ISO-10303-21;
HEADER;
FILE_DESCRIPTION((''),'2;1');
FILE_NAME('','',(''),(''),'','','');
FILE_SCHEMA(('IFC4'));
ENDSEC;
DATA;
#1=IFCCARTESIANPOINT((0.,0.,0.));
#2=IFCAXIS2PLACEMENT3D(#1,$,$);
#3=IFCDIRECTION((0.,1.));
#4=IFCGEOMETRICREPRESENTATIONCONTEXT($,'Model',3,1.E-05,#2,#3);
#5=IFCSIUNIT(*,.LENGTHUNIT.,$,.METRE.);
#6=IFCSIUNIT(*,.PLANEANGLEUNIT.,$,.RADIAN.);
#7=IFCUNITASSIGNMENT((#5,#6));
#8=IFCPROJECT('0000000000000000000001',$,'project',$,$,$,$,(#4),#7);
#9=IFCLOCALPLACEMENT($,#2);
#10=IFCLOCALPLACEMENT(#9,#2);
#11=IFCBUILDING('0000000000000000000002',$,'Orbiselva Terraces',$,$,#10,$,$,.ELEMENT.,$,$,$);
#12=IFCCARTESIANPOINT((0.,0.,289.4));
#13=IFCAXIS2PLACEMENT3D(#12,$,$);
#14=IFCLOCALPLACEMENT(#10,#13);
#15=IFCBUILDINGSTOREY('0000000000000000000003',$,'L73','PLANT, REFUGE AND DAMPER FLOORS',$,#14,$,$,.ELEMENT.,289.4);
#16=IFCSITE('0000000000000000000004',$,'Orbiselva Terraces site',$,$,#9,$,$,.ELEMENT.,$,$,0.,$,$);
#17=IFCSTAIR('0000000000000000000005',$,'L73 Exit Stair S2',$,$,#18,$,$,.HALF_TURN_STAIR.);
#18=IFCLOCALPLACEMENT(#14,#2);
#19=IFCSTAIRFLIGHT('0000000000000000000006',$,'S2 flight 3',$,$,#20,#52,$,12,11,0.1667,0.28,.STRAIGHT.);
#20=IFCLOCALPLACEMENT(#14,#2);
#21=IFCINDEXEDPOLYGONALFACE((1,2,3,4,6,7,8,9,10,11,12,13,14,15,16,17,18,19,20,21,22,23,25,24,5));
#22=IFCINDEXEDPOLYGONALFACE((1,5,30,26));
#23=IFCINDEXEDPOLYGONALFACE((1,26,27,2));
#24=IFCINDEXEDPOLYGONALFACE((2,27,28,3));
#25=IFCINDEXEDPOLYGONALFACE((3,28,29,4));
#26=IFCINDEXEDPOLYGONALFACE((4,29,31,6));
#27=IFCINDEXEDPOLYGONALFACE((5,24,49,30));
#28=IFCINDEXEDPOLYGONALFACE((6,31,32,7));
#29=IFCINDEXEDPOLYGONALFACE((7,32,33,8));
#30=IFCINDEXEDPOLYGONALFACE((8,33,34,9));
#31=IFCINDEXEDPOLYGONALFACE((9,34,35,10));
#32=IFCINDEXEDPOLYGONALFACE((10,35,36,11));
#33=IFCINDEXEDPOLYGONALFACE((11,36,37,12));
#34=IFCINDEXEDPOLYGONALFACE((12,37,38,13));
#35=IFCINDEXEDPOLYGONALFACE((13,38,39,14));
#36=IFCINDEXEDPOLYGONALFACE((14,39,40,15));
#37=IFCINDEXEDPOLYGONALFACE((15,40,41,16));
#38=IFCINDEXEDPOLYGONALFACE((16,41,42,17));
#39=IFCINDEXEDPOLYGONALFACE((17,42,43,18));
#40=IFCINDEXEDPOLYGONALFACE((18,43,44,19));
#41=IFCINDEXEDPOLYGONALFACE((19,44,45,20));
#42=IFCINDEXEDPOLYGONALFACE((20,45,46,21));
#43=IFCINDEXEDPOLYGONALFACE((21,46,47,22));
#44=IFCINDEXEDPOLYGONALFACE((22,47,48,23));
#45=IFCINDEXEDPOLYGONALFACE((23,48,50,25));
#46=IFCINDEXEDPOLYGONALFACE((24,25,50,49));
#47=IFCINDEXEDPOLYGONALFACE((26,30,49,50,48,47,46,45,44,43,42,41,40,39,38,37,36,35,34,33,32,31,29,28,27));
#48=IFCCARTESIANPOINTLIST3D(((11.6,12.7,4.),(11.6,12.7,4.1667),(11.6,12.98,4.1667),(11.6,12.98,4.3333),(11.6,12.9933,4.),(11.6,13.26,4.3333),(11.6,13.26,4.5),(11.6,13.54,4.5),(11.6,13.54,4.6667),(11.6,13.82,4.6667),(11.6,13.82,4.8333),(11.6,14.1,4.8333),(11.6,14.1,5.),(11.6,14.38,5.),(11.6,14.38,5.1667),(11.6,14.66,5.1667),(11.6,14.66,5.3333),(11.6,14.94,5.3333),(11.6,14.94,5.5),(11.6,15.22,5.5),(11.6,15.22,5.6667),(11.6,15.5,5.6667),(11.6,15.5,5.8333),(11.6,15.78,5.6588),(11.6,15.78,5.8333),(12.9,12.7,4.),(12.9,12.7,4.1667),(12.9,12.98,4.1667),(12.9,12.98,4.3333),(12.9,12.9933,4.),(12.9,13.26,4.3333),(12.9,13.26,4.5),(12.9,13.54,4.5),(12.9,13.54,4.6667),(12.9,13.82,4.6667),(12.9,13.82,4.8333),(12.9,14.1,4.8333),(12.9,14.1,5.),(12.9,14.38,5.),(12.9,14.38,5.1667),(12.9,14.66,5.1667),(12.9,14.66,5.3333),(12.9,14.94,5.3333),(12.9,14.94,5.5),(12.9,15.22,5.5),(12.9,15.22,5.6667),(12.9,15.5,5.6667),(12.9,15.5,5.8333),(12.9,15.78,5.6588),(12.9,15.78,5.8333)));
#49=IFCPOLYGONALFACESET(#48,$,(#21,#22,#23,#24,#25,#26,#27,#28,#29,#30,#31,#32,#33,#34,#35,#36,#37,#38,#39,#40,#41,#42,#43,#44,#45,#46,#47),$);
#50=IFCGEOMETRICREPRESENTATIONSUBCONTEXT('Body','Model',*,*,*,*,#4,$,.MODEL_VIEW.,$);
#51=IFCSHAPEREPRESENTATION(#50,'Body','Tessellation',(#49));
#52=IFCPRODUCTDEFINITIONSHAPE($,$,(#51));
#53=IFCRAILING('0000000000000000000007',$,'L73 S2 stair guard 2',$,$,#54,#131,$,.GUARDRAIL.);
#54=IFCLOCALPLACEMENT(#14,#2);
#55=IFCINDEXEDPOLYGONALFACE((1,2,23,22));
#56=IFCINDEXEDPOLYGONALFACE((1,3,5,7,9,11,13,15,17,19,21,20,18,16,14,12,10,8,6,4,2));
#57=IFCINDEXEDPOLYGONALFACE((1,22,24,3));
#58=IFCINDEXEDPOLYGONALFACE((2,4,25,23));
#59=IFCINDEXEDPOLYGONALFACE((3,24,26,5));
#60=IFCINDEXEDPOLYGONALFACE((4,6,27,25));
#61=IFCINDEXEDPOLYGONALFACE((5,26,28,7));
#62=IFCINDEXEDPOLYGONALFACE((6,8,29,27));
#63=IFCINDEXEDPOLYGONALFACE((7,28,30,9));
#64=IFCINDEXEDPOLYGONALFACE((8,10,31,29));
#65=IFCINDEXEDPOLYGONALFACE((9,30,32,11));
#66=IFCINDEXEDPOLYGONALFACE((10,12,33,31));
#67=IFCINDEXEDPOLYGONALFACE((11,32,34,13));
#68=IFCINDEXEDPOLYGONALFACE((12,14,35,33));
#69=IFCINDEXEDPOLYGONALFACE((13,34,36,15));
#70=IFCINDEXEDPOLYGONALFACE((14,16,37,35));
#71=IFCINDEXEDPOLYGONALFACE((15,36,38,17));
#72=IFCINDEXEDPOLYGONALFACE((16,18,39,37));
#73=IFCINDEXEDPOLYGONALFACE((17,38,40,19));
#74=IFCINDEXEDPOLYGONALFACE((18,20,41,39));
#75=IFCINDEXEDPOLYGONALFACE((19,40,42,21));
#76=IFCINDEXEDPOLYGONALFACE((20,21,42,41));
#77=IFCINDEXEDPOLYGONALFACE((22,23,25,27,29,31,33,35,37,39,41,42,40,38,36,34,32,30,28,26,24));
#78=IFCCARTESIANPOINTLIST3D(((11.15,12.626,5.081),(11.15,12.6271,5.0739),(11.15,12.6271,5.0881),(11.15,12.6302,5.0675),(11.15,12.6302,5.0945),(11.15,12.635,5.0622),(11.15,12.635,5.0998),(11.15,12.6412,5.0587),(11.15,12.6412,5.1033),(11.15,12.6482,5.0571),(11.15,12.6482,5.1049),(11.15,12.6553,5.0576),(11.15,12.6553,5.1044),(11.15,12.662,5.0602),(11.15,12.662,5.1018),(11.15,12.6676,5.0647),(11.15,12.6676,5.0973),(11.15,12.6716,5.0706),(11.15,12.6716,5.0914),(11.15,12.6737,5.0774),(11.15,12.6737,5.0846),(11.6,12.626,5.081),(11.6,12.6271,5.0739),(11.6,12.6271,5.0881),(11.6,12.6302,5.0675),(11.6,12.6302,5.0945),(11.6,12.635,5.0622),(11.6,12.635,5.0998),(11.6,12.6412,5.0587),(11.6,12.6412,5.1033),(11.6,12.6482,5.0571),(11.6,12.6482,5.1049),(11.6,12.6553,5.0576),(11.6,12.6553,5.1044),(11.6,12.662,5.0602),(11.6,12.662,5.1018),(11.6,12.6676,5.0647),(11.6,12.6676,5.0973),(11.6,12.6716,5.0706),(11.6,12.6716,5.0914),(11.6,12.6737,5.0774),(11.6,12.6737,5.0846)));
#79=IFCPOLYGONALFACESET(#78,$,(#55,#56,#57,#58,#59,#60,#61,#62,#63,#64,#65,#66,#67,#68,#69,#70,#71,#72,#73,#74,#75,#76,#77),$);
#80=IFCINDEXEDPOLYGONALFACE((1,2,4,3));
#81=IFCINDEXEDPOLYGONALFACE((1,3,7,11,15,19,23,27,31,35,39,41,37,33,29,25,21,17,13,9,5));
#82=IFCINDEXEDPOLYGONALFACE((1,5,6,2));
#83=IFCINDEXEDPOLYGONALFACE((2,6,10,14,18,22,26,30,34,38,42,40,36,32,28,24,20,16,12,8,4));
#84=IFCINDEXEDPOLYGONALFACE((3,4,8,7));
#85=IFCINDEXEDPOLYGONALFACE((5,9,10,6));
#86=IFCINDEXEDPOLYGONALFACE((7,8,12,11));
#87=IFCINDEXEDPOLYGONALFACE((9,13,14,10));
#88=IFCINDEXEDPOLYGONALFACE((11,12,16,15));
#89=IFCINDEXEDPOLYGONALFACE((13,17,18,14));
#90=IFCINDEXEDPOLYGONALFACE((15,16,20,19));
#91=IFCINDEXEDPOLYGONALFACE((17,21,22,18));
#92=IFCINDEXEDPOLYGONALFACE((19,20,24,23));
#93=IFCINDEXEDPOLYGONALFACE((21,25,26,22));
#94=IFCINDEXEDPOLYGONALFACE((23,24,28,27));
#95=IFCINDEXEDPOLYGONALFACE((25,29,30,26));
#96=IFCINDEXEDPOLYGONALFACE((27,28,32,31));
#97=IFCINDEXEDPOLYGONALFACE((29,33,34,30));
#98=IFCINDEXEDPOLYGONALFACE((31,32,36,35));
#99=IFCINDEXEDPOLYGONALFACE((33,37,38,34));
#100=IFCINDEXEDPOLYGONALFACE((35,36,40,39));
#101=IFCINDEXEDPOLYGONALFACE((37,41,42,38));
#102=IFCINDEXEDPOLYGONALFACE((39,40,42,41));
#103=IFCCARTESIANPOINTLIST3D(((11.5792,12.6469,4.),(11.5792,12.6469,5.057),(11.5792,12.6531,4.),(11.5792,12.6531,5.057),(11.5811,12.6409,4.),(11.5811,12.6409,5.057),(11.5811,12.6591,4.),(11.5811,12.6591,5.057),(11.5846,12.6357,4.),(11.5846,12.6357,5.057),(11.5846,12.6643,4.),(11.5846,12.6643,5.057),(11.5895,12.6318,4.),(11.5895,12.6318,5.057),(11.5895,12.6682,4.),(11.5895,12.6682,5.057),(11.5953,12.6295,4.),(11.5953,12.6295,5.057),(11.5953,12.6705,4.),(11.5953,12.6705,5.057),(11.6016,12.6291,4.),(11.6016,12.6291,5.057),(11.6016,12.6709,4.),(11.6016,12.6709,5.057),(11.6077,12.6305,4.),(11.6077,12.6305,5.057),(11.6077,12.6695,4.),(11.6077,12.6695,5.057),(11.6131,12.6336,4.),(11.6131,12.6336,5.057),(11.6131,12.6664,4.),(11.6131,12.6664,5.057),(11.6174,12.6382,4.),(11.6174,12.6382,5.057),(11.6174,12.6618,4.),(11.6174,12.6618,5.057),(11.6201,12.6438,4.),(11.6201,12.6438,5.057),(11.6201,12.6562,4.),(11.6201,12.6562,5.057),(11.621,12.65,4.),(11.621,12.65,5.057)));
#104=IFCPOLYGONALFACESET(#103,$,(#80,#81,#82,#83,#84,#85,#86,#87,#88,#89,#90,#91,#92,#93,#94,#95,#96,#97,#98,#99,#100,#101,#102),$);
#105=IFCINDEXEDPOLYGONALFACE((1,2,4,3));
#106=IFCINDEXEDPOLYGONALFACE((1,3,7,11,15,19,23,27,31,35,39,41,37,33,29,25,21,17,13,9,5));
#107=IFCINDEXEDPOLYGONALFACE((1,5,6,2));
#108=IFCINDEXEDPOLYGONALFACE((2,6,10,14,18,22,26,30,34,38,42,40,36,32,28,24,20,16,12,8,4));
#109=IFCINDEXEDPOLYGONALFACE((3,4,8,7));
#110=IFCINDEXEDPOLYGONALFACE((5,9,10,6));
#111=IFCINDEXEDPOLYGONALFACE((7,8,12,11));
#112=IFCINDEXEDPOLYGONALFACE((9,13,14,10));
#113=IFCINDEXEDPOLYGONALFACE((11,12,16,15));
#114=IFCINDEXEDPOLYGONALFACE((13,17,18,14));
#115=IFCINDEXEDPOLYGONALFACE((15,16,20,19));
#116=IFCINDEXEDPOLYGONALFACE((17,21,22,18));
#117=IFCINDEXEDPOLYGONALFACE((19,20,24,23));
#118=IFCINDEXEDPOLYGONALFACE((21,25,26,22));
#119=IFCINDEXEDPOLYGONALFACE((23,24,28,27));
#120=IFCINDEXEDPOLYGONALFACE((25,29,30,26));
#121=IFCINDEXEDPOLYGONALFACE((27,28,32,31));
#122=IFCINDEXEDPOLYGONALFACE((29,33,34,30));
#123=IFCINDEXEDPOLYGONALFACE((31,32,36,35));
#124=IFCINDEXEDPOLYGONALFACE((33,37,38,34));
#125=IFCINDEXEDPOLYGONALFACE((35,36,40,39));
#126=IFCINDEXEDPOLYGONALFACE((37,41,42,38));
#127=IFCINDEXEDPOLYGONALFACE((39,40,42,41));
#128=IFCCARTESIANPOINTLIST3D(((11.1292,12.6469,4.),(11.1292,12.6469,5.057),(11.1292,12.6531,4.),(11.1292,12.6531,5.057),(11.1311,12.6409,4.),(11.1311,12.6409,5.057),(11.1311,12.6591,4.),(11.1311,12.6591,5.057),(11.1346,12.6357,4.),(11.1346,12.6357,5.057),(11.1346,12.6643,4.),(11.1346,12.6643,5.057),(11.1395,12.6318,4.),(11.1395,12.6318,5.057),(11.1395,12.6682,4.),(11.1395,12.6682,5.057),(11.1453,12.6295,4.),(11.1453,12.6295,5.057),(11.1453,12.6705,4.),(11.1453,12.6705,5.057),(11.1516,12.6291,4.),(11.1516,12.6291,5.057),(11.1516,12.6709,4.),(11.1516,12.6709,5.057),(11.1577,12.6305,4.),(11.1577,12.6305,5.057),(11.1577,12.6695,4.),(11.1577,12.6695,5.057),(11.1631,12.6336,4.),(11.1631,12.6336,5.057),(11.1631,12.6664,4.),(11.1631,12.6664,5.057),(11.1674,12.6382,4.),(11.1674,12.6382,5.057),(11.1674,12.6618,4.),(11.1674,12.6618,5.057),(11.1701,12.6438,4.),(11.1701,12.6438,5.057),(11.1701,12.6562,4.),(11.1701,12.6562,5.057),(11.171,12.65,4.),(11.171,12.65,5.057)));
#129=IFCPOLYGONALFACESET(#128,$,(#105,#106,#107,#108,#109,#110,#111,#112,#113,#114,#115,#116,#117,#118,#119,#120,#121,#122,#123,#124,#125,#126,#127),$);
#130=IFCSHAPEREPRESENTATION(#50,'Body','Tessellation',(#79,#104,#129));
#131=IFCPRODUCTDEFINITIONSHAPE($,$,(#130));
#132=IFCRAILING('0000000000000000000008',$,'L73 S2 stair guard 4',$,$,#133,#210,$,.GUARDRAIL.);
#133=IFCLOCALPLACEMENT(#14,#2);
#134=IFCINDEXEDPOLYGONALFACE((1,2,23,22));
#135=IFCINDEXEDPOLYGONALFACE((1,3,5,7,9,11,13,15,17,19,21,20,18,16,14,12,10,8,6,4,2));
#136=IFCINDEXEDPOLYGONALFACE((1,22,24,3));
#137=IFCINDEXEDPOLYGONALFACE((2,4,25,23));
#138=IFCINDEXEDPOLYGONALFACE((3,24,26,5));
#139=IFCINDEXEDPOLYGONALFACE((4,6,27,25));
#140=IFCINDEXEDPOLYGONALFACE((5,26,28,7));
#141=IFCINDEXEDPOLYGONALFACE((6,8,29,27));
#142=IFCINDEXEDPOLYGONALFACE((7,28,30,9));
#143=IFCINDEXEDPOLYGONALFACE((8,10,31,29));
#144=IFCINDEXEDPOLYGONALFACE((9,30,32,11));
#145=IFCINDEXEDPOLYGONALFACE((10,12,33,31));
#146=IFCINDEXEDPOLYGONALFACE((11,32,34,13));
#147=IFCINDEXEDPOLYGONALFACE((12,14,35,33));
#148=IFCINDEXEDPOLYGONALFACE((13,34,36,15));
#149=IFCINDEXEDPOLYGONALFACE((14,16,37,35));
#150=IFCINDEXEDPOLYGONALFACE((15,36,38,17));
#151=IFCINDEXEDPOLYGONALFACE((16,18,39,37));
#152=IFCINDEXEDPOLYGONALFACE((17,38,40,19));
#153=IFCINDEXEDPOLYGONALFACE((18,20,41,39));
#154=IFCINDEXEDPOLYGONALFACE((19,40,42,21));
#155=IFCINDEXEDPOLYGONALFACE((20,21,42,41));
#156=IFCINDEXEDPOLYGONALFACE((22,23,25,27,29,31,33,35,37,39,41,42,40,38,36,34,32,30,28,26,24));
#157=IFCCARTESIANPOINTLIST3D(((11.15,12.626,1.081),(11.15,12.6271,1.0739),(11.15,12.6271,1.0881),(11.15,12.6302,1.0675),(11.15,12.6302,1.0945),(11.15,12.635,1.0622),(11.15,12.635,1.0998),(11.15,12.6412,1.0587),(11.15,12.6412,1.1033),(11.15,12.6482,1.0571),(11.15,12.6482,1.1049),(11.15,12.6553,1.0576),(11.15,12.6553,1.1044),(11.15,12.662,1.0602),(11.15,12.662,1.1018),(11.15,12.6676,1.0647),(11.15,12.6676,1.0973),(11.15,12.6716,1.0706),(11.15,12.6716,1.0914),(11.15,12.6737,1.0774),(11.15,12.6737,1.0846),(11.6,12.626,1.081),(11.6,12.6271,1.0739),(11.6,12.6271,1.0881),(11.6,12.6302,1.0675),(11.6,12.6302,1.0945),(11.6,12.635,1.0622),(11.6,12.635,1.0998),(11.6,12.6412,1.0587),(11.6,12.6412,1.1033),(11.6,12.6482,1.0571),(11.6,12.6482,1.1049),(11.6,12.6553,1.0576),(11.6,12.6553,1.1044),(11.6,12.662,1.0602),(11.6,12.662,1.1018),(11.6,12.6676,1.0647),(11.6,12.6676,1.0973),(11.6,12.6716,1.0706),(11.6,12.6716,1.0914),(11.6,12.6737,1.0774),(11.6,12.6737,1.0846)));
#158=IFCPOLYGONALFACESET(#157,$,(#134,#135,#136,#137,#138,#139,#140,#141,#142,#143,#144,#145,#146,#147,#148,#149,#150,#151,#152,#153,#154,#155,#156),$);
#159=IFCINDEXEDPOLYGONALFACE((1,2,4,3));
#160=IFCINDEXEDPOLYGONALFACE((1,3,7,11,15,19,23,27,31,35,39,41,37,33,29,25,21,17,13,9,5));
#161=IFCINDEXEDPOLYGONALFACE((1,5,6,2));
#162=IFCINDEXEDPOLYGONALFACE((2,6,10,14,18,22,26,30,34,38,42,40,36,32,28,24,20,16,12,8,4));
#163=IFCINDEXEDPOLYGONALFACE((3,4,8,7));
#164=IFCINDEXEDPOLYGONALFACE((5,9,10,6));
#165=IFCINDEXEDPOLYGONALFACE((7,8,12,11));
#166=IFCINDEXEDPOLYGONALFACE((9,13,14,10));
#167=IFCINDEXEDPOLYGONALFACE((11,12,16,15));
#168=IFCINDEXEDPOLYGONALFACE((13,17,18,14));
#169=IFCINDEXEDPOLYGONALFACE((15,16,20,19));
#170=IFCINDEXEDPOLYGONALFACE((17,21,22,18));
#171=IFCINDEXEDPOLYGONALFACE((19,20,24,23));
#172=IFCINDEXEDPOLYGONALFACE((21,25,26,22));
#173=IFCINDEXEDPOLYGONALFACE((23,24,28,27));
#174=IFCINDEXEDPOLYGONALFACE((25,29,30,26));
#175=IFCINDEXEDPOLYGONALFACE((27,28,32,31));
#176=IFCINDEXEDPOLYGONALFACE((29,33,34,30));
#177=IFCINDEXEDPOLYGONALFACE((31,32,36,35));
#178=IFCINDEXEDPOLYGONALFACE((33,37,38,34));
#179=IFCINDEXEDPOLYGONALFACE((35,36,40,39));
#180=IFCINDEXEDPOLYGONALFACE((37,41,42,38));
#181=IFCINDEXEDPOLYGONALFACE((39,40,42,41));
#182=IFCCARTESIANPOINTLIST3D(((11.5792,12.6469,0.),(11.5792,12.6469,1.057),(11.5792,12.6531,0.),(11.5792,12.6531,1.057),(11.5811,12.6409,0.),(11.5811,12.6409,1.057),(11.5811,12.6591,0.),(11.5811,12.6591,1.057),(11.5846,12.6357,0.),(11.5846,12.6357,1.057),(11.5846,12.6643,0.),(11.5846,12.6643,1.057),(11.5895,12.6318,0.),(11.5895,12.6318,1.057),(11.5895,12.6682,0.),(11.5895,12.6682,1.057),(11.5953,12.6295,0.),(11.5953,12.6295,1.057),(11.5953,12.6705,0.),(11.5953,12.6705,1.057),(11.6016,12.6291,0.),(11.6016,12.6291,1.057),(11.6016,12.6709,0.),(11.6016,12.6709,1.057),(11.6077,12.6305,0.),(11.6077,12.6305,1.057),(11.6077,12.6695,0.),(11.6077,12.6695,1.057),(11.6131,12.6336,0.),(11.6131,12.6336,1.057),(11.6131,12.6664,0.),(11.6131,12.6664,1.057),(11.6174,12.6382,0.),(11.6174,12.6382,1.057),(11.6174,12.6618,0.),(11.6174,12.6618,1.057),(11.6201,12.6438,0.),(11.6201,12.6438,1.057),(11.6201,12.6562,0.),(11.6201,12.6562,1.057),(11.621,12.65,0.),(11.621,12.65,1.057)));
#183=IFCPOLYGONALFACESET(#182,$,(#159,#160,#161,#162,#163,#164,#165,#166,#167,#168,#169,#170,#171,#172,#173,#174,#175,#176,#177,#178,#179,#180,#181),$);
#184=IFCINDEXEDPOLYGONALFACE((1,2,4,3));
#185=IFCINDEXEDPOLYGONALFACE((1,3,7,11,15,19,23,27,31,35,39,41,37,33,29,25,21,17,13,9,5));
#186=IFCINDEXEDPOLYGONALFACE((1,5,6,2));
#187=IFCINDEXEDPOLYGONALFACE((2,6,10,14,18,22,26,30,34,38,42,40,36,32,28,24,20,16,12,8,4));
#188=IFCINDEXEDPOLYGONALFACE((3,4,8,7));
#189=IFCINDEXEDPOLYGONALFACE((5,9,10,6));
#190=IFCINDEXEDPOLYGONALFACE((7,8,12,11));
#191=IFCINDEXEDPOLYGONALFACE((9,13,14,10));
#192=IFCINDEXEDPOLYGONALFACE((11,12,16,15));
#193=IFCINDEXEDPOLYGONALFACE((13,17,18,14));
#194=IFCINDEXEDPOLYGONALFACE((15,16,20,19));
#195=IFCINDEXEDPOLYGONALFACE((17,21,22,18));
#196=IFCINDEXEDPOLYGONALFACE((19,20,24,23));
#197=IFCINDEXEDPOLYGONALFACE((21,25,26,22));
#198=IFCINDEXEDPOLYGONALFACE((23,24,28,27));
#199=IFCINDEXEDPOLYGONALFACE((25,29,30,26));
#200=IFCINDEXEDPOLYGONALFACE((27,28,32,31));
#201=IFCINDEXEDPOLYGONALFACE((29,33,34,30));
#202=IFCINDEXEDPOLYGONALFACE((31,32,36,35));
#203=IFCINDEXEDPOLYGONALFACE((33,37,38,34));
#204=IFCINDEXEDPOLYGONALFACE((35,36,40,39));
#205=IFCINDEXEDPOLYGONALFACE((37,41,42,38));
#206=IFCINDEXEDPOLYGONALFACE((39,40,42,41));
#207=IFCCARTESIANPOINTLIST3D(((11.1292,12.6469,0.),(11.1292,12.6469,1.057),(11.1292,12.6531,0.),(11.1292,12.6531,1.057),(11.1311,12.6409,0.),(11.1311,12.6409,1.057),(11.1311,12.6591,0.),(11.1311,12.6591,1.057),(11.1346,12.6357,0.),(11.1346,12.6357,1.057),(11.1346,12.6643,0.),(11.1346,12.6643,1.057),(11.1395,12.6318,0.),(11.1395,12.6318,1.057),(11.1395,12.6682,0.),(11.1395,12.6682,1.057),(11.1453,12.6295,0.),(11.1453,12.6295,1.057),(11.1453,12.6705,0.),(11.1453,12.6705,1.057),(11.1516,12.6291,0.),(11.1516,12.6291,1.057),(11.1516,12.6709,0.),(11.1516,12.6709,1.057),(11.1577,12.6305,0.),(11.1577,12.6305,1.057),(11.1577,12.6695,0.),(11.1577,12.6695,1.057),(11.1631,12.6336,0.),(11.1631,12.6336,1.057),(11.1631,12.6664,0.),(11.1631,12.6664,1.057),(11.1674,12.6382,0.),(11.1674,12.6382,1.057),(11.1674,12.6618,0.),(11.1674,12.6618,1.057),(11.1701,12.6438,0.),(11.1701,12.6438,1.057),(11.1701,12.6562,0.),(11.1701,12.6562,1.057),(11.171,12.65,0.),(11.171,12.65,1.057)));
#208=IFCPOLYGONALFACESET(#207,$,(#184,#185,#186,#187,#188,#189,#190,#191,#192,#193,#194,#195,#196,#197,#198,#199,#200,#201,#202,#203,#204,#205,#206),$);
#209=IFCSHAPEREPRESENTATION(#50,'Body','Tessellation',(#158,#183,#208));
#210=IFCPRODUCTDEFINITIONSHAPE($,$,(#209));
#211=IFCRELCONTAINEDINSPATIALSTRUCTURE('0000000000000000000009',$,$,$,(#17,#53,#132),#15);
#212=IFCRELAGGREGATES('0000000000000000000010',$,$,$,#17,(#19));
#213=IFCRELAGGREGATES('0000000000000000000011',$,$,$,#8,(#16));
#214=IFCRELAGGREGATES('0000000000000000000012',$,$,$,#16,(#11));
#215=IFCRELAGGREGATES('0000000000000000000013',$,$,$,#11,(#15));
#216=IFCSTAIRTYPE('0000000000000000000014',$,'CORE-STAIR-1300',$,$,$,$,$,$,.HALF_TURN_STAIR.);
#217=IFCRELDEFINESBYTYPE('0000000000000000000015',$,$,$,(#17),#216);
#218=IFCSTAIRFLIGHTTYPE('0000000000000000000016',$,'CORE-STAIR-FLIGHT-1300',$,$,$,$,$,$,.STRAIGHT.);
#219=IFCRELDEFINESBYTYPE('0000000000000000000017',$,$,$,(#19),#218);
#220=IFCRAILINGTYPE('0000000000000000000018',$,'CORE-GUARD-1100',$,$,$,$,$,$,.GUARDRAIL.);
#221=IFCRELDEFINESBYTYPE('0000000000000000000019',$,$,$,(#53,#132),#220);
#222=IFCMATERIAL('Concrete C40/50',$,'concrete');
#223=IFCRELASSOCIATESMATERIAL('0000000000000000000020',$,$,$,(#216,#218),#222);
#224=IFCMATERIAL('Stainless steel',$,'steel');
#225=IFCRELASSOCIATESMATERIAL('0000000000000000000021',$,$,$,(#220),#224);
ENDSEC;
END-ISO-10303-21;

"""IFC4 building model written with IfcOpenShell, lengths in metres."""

from ifc_helpers import new_model, si_unit, direction, frame, origin, origin_2d, place, context, subcontext, project, spatial, polyline, circle, outline, extrude, material, type_object, element, aggregate, save


model = new_model("IFC4")

# Units and contexts
model_context = context("Model", 3, precision=1e-05, world=origin(), true_north=direction((0.0, 1.0)))
body_context = subcontext(model_context, "Body", "Model", "MODEL_VIEW")
ifc_project = project(units=[si_unit("LENGTHUNIT", "METRE"), si_unit("PLANEANGLEUNIT", "RADIAN")], contexts=[model_context])

# Site, building, storey
site_placement = place(None, origin())
site = spatial("IfcSite", under=ifc_project, at=site_placement, Name="Orbiselva Terraces site", CompositionType="ELEMENT", RefElevation=0.0)
building_placement = place(site_placement, origin())
building = spatial("IfcBuilding", under=site, at=building_placement, Name="Orbiselva Terraces", CompositionType="ELEMENT")
storey_placement = place(building_placement, frame((0.0, 0.0, 289.4)))
storey = spatial("IfcBuildingStorey", under=building, at=storey_placement, Name="L73", Description="PLANT, REFUGE AND DAMPER FLOORS", CompositionType="ELEMENT", Elevation=289.4)

# Stair, stair flight
ifc_material_1 = material(Name="Concrete C40/50", Category="concrete")
stair_type = type_object("IfcStairType", Name="CORE-STAIR-1300", PredefinedType="HALF_TURN_STAIR", material=ifc_material_1)
stair_placement = place(storey_placement, origin())
stair = element("IfcStair", 1, at=stair_placement, inside=storey, type_object=stair_type, Name="L73 Exit Stair S2", PredefinedType="HALF_TURN_STAIR")
stair_flight_type = type_object("IfcStairFlightType", Name="CORE-STAIR-FLIGHT-1300", PredefinedType="STRAIGHT", material=ifc_material_1)
stair_flight_1_placement = place(storey_placement, frame((12.25, 12.7, 4.0), z_axis=(0.0, 0.0, 1.0), x_axis=(0.0, 1.0, 0.0)))
stair_flight_1 = element("IfcStairFlight", 2, at=stair_flight_1_placement, type_object=stair_flight_type, Name="S2 flight 3", NumberOfRisers=12, NumberOfTreads=11, PredefinedType="STRAIGHT", RiserHeight=0.1667, TreadLength=0.28, context=body_context, shape_type="SweptSolid", body=[
    extrude(outline(polyline([(0.0, 0.0), (0.0, 0.1667), (0.28, 0.1667), (0.28, 0.3333), (0.56, 0.3333), (0.56, 0.5), (0.84, 0.5), (0.84, 0.6667), (1.12, 0.6667), (1.12, 0.8333), (1.4, 0.8333), (1.4, 1.0), (1.68, 1.0), (1.68, 1.1667), (1.96, 1.1667), (1.96, 1.3333), (2.24, 1.3333), (2.24, 1.5), (2.52, 1.5), (2.52, 1.6667), (2.8, 1.6667), (2.8, 1.8333), (3.08, 1.8333), (3.08, 2.0), (3.08, 1.6588), (0.2933, 0.0), (0.0, 0.0)])), frame((0.0, 0.65, 0.0), z_axis=(0.0, -1.0, 0.0), x_axis=(1.0, 0.0, 0.0)), (0.0, 0.0, 1.0), 1.3),
])
aggregate(stair, [stair_flight_1])

# Railings
ifc_material_2 = material(Name="Stainless steel", Category="steel")
railing_type_1 = type_object("IfcRailingType", Name="CORE-GUARD-1100", PredefinedType="GUARDRAIL", material=ifc_material_2)
railing_1_placement = place(storey_placement, frame((11.6, 12.65, 4.0)))
element("IfcRailing", 3, at=railing_1_placement, inside=storey, type_object=railing_type_1, Name="L73 S2 stair guard 2", PredefinedType="GUARDRAIL", context=body_context, shape_type="SweptSolid", body=[
    extrude(circle(Radius=0.024, at=origin_2d()), frame((0.0, 0.0, 1.081), z_axis=(-1.0, 0.0, 0.0), x_axis=(0.0, -1.0, 0.0)), (0.0, 0.0, 1.0), 0.45),
    extrude(circle(Radius=0.021, at=origin_2d()), origin(), (0.0, 0.0, 1.0), 1.057),
    extrude(circle(Radius=0.021, at=origin_2d()), frame((-0.45, 0.0, 0.0)), (0.0, 0.0, 1.0), 1.057),
])
railing_2_placement = place(storey_placement, frame((11.6, 12.65, 0.0)))
element("IfcRailing", 4, at=railing_2_placement, inside=storey, type_object=railing_type_1, Name="L73 S2 stair guard 4", PredefinedType="GUARDRAIL", context=body_context, shape_type="SweptSolid", body=[
    extrude(circle(Radius=0.024, at=origin_2d()), frame((0.0, 0.0, 1.081), z_axis=(-1.0, 0.0, 0.0), x_axis=(0.0, -1.0, 0.0)), (0.0, 0.0, 1.0), 0.45),
    extrude(circle(Radius=0.021, at=origin_2d()), origin(), (0.0, 0.0, 1.0), 1.057),
    extrude(circle(Radius=0.021, at=origin_2d()), frame((-0.45, 0.0, 0.0)), (0.0, 0.0, 1.0), 1.057),
])

save(model, "model.ifc")
